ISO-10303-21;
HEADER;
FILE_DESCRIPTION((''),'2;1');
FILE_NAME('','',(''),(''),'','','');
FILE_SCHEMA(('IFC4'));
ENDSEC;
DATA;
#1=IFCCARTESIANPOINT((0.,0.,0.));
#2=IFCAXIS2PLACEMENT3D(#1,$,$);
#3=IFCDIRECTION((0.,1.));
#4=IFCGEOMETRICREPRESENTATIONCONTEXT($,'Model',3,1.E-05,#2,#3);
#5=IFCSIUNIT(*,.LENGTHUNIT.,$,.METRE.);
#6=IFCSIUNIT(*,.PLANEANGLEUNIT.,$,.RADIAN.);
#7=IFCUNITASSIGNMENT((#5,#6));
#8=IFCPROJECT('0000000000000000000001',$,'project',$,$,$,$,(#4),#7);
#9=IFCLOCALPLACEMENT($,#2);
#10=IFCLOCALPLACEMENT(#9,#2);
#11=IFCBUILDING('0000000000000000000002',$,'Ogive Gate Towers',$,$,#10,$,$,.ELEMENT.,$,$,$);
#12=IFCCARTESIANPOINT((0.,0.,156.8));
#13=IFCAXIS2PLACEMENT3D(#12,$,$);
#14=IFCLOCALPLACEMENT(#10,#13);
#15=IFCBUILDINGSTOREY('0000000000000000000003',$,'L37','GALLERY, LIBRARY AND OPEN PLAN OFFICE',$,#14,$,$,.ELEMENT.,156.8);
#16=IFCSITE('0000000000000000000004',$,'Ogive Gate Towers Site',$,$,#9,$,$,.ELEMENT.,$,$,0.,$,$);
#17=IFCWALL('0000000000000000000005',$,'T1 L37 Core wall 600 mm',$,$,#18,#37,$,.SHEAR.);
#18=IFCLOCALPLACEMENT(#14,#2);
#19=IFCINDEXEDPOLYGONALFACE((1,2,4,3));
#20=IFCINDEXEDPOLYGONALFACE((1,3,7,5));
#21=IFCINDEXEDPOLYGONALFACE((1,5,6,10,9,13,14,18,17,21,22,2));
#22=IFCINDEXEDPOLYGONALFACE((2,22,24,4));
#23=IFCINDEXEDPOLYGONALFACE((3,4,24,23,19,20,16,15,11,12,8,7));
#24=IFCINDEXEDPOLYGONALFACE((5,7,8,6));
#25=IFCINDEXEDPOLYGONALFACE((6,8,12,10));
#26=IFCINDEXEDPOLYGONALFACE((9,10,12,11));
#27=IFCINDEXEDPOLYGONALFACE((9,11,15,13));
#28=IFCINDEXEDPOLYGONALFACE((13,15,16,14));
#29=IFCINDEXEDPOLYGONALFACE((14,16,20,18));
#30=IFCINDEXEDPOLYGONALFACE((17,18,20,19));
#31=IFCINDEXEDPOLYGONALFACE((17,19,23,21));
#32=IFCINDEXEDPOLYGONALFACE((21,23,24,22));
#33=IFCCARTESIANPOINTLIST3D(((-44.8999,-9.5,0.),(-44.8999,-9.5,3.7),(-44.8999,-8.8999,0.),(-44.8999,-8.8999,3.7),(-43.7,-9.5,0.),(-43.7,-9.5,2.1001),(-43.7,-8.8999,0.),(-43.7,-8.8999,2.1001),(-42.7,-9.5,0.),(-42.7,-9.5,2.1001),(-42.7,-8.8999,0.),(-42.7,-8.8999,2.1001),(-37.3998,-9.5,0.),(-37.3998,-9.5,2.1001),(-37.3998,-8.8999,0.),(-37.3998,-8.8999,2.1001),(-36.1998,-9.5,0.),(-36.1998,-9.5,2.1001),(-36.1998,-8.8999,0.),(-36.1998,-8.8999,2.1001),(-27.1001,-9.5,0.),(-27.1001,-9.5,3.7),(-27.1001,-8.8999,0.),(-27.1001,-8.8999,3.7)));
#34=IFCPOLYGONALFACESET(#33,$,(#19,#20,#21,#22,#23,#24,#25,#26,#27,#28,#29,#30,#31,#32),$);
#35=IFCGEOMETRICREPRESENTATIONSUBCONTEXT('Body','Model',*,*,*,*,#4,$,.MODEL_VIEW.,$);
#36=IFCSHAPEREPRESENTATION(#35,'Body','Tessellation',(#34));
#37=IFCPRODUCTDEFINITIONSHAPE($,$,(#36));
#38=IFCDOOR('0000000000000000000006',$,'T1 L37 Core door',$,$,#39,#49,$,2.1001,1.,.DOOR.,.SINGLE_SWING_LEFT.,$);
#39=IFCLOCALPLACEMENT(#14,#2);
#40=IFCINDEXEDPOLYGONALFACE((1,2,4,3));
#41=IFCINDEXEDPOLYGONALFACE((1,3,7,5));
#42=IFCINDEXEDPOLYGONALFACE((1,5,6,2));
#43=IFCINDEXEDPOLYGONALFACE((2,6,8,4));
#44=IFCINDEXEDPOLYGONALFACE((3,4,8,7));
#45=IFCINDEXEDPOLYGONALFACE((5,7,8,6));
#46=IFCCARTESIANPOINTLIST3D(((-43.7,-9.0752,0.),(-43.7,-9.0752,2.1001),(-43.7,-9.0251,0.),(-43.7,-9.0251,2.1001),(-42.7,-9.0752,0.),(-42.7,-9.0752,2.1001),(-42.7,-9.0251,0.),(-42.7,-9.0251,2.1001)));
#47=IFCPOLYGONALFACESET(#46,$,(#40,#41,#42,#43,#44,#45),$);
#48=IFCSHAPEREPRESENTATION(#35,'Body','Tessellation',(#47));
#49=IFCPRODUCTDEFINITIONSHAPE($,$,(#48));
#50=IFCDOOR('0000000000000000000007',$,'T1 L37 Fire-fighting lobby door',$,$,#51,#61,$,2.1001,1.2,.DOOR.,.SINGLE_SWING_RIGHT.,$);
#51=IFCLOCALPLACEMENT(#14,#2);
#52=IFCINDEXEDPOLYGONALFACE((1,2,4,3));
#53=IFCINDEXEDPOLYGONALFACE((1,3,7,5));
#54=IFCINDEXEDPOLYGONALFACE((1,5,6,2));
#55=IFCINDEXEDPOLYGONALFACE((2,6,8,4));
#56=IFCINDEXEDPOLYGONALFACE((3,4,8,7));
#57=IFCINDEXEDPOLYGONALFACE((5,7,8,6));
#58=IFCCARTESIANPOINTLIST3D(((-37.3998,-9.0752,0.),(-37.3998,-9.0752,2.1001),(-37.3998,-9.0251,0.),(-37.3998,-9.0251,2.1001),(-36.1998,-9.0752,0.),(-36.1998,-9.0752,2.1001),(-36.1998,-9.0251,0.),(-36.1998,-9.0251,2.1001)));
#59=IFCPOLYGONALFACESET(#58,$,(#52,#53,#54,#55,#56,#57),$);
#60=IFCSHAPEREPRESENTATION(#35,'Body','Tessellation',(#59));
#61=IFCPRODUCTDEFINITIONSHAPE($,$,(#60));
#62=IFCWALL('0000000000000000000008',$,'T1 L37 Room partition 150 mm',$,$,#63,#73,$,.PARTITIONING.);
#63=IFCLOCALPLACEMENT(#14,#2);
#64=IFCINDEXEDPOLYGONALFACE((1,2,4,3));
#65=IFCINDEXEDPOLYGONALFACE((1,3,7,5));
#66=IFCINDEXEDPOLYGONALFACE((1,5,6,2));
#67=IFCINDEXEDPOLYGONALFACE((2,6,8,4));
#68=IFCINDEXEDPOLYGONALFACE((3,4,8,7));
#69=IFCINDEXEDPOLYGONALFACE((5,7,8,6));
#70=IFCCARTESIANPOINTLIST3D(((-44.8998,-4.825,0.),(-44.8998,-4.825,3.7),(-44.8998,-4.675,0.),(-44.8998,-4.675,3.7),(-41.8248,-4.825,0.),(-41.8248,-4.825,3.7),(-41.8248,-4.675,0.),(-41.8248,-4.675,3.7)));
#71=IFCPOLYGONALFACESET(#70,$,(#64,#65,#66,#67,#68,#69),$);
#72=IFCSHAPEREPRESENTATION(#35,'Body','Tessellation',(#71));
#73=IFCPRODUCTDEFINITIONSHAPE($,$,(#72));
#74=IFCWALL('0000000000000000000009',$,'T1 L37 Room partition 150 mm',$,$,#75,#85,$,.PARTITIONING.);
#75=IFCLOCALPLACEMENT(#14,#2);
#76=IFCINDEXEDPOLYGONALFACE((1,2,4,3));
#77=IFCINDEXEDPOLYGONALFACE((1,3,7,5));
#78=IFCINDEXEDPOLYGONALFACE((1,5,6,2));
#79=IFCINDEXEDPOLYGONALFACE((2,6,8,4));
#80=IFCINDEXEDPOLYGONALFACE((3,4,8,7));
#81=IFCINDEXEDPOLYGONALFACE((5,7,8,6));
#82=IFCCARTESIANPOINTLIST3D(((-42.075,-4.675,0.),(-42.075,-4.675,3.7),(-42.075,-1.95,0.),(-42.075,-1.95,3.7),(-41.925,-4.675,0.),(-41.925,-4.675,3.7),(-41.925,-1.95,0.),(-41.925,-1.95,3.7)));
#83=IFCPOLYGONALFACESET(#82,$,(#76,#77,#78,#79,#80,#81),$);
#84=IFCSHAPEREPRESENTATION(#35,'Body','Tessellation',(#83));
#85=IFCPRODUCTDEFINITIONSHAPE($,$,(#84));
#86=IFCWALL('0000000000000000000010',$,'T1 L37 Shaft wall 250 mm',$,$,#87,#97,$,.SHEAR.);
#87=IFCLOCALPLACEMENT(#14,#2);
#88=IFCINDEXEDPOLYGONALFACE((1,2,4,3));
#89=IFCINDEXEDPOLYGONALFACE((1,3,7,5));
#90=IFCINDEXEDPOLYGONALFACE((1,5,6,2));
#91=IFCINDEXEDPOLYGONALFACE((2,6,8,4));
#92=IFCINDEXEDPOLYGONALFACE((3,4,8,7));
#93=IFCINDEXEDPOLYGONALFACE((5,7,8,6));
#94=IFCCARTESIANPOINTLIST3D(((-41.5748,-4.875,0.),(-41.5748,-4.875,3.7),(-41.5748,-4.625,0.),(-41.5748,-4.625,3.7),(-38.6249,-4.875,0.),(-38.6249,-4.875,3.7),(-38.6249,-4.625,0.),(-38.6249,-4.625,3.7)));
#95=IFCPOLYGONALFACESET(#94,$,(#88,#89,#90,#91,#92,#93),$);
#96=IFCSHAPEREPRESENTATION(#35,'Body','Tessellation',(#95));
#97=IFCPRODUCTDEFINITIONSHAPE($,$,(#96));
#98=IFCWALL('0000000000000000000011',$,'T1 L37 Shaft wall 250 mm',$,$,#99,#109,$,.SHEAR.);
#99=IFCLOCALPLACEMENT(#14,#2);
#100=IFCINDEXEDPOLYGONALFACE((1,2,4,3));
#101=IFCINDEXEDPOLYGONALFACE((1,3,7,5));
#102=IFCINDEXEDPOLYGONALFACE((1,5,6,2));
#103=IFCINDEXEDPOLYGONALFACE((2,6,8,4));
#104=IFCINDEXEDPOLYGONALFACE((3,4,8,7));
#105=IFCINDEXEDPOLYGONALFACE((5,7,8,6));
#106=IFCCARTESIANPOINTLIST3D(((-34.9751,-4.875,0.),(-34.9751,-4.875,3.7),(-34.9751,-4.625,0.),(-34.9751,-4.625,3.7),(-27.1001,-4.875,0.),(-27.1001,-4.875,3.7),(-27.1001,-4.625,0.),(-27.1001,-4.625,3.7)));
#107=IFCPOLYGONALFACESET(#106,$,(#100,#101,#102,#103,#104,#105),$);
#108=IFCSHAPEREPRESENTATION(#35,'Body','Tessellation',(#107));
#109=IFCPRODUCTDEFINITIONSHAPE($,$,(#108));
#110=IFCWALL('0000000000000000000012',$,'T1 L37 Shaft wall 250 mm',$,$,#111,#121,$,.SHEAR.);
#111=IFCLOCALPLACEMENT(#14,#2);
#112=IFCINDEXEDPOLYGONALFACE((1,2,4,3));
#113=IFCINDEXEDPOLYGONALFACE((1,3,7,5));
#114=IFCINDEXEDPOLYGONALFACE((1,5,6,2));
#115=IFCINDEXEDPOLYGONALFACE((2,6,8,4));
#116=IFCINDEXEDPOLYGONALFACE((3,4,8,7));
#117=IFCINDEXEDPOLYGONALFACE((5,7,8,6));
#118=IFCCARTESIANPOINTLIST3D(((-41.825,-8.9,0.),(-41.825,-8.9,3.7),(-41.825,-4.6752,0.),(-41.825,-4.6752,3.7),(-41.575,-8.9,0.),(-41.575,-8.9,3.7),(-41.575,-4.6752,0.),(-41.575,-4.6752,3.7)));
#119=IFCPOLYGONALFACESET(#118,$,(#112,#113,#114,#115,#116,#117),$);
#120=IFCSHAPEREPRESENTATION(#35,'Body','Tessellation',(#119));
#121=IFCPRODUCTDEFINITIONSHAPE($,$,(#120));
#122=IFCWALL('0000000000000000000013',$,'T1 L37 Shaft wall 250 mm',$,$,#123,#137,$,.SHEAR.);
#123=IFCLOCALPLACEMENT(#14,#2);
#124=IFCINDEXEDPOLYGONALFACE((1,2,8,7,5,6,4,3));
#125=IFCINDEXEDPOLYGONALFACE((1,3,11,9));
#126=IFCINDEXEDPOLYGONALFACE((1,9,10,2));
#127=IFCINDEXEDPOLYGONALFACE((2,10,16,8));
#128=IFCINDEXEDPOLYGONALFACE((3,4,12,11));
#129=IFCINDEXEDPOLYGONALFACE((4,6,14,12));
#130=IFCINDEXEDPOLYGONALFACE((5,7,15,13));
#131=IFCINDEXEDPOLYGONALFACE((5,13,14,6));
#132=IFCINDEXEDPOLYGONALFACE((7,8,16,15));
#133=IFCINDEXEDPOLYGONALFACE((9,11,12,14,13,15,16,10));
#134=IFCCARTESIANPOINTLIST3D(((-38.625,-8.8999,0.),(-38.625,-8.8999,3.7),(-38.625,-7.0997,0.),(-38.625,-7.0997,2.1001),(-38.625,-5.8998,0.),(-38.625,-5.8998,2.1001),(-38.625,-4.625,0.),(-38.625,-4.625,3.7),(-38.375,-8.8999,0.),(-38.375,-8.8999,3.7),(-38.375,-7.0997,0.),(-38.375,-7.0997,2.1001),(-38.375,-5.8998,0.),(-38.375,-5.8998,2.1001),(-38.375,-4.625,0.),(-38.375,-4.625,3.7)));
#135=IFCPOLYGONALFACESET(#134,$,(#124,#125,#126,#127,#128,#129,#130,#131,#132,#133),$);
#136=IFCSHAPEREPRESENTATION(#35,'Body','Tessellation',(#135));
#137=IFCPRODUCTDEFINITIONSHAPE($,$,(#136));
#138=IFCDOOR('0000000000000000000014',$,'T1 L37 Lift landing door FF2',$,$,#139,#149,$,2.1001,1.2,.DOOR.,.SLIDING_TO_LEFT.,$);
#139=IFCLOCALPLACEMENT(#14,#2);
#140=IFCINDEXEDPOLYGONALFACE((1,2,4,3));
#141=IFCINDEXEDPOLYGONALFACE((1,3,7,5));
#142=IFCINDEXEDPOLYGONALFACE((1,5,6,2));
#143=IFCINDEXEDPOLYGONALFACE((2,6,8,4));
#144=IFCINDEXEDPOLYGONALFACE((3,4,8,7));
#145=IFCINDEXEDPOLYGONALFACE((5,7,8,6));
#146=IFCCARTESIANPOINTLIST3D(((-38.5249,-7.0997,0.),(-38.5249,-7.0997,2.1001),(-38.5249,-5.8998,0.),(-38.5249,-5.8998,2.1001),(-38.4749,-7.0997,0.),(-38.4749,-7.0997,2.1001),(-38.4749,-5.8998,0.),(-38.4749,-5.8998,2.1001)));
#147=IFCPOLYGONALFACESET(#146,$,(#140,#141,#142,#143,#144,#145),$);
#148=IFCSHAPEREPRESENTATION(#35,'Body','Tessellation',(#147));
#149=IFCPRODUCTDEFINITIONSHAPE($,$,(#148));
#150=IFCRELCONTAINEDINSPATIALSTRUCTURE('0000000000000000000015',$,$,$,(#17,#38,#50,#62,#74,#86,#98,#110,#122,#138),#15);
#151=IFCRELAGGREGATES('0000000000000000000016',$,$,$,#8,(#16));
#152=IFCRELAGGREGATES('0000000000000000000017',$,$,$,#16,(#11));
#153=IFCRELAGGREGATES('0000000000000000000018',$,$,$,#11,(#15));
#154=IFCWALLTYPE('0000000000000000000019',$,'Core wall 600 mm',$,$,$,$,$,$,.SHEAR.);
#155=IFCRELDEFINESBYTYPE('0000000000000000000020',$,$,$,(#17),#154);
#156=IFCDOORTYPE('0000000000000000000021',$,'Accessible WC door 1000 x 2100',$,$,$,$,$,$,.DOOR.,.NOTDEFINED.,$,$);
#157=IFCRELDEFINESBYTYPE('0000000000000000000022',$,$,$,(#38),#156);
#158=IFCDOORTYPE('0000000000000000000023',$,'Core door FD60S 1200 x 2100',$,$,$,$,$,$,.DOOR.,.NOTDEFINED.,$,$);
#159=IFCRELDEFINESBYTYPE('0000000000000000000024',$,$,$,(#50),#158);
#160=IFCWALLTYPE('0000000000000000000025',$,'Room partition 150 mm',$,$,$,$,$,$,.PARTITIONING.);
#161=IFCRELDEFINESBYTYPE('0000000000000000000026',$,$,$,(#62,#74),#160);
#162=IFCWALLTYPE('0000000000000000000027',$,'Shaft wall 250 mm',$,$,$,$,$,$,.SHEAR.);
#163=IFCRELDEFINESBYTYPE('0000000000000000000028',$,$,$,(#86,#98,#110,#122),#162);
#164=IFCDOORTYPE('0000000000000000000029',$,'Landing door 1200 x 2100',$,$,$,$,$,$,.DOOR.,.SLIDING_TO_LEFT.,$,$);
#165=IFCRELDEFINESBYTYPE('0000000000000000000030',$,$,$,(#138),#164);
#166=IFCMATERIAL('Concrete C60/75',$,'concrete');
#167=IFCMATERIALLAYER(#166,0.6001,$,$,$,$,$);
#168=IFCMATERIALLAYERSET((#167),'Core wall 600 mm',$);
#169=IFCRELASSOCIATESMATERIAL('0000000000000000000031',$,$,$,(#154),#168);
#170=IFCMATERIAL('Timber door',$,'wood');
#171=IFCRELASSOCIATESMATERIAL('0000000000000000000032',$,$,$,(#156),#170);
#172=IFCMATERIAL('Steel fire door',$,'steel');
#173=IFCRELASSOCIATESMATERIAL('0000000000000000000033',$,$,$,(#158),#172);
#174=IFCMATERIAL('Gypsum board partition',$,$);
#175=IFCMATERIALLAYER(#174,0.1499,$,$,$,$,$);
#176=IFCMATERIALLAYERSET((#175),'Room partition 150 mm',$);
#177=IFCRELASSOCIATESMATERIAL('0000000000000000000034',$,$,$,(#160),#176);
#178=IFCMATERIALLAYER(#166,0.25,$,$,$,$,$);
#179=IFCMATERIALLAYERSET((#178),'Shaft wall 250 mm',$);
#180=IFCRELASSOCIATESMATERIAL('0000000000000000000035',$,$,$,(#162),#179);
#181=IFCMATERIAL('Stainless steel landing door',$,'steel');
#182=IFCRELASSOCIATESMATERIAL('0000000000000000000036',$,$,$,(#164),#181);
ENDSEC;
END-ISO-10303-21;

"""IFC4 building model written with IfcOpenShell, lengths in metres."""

from ifc_helpers import new_model, si_unit, direction, frame, frame_2d, origin, place, context, subcontext, project, spatial, rectangle, extrude, material, layer, layer_set, type_object, element, fill, save


model = new_model("IFC4")

# Units and contexts
model_context = context("Model", 3, precision=1e-05, world=origin(), true_north=direction((0.0, 1.0)))
body_context = subcontext(model_context, "Body", "Model", "MODEL_VIEW")
ifc_project = project(units=[si_unit("LENGTHUNIT", "METRE"), si_unit("PLANEANGLEUNIT", "RADIAN")], contexts=[model_context])

# Site, building, storey
site_placement = place(None, origin())
site = spatial("IfcSite", under=ifc_project, at=site_placement, Name="Ogive Gate Towers Site", CompositionType="ELEMENT", RefElevation=0.0)
building_placement = place(site_placement, origin())
building = spatial("IfcBuilding", under=site, at=building_placement, Name="Ogive Gate Towers", CompositionType="ELEMENT")
storey_placement = place(building_placement, frame((0.0, 0.0, 156.8)))
storey = spatial("IfcBuildingStorey", under=building, at=storey_placement, Name="L37", Description="GALLERY, LIBRARY AND OPEN PLAN OFFICE", CompositionType="ELEMENT", Elevation=156.8)

# Wall, openings, doors
ifc_material_1 = material(Name="Concrete C60/75", Category="concrete")
ifc_layer_1 = layer(ifc_material_1, 0.6001)
ifc_layer_set_1 = layer_set([ifc_layer_1], Name="Core wall 600 mm")
wall_type_1 = type_object("IfcWallType", Name="Core wall 600 mm", PredefinedType="SHEAR", material=ifc_layer_set_1)
wall_1_placement = place(storey_placement, frame((-44.8999, -9.2, 0.0), z_axis=(0.0, 0.0, 1.0), x_axis=(1.0, 0.0, 0.0)))
wall_1 = element("IfcWall", 1, at=wall_1_placement, inside=storey, type_object=wall_type_1, Name="T1 L37 Core wall 600 mm", PredefinedType="SHEAR", context=body_context, shape_type="SweptSolid", body=[
    extrude(rectangle(XDim=17.7998, YDim=0.6001, at=frame_2d((8.8999, 0.0))), origin(), (0.0, 0.0, 1.0), 3.7),
])
opening_1_placement = place(wall_1_placement, frame((7.5, 0.0, 0.0)))
opening_1 = element("IfcOpeningElement", 2, at=opening_1_placement, cuts=wall_1, PredefinedType="OPENING", context=body_context, shape_type="SweptSolid", body=[
    extrude(rectangle(XDim=1.2, YDim=2.1001, at=frame_2d((0.6001, 1.05))), frame((0.0, 0.3101, 0.0), z_axis=(0.0, -1.0, 0.0), x_axis=(1.0, 0.0, 0.0)), (0.0, 0.0, 1.0), 0.6201),
])
opening_2_placement = place(wall_1_placement, frame((1.2, 0.0, 0.0)))
opening_2 = element("IfcOpeningElement", 3, at=opening_2_placement, cuts=wall_1, PredefinedType="OPENING", context=body_context, shape_type="SweptSolid", body=[
    extrude(rectangle(XDim=1.0, YDim=2.1001, at=frame_2d((0.5, 1.05))), frame((0.0, 0.3101, 0.0), z_axis=(0.0, -1.0, 0.0), x_axis=(1.0, 0.0, 0.0)), (0.0, 0.0, 1.0), 0.6201),
])
ifc_material_2 = material(Name="Timber door", Category="wood")
door_type_1 = type_object("IfcDoorType", Name="Accessible WC door 1000 x 2100", OperationType="NOTDEFINED", PredefinedType="DOOR", material=ifc_material_2)
door_1_placement = place(opening_2_placement, origin())
door_1 = element("IfcDoor", 4, at=door_1_placement, inside=storey, type_object=door_type_1, Name="T1 L37 Core door", OperationType="SINGLE_SWING_LEFT", OverallHeight=2.1001, OverallWidth=1.0, PredefinedType="DOOR", context=body_context, shape_type="SweptSolid", body=[
    extrude(rectangle(XDim=1.0, YDim=2.1001, at=frame_2d((0.5, 1.05))), frame((0.0, 0.1748, 0.0), z_axis=(0.0, -1.0, 0.0), x_axis=(1.0, 0.0, 0.0)), (0.0, 0.0, 1.0), 0.05),
])
fill(opening_2, door_1)
ifc_material_3 = material(Name="Steel fire door", Category="steel")
door_type_2 = type_object("IfcDoorType", Name="Core door FD60S 1200 x 2100", OperationType="NOTDEFINED", PredefinedType="DOOR", material=ifc_material_3)
door_2_placement = place(opening_1_placement, origin())
door_2 = element("IfcDoor", 5, at=door_2_placement, inside=storey, type_object=door_type_2, Name="T1 L37 Fire-fighting lobby door", OperationType="SINGLE_SWING_RIGHT", OverallHeight=2.1001, OverallWidth=1.2, PredefinedType="DOOR", context=body_context, shape_type="SweptSolid", body=[
    extrude(rectangle(XDim=1.2, YDim=2.1001, at=frame_2d((0.6001, 1.05))), frame((0.0, 0.1748, 0.0), z_axis=(0.0, -1.0, 0.0), x_axis=(1.0, 0.0, 0.0)), (0.0, 0.0, 1.0), 0.05),
])
fill(opening_1, door_2)

# Walls
ifc_material_4 = material(Name="Gypsum board partition")
ifc_layer_2 = layer(ifc_material_4, 0.1499)
ifc_layer_set_2 = layer_set([ifc_layer_2], Name="Room partition 150 mm")
wall_type_2 = type_object("IfcWallType", Name="Room partition 150 mm", PredefinedType="PARTITIONING", material=ifc_layer_set_2)
wall_2_placement = place(storey_placement, frame((-44.8999, -4.75, 0.0), z_axis=(0.0, 0.0, 1.0), x_axis=(1.0, 0.0, 0.0)))
element("IfcWall", 6, at=wall_2_placement, inside=storey, type_object=wall_type_2, Name="T1 L37 Room partition 150 mm", PredefinedType="PARTITIONING", context=body_context, shape_type="SweptSolid", body=[
    extrude(rectangle(XDim=3.075, YDim=0.1499, at=frame_2d((1.5376, 0.0))), origin(), (0.0, 0.0, 1.0), 3.7),
])
wall_3_placement = place(storey_placement, frame((-42.0, -4.675, 0.0), z_axis=(0.0, 0.0, 1.0), x_axis=(0.0, 1.0, 0.0)))
element("IfcWall", 7, at=wall_3_placement, inside=storey, type_object=wall_type_2, Name="T1 L37 Room partition 150 mm", PredefinedType="PARTITIONING", context=body_context, shape_type="SweptSolid", body=[
    extrude(rectangle(XDim=2.7251, YDim=0.1499, at=frame_2d((1.3625, 0.0))), origin(), (0.0, 0.0, 1.0), 3.7),
])
ifc_layer_3 = layer(ifc_material_1, 0.25)
ifc_layer_set_3 = layer_set([ifc_layer_3], Name="Shaft wall 250 mm")
wall_type_3 = type_object("IfcWallType", Name="Shaft wall 250 mm", PredefinedType="SHEAR", material=ifc_layer_set_3)
wall_4_placement = place(storey_placement, frame((-41.575, -4.75, 0.0), z_axis=(0.0, 0.0, 1.0), x_axis=(1.0, 0.0, 0.0)))
element("IfcWall", 8, at=wall_4_placement, inside=storey, type_object=wall_type_3, Name="T1 L37 Shaft wall 250 mm", PredefinedType="SHEAR", context=body_context, shape_type="SweptSolid", body=[
    extrude(rectangle(XDim=2.95, YDim=0.25, at=frame_2d((1.4751, 0.0))), origin(), (0.0, 0.0, 1.0), 3.7),
])
wall_5_placement = place(storey_placement, frame((-34.9751, -4.75, 0.0), z_axis=(0.0, 0.0, 1.0), x_axis=(1.0, 0.0, 0.0)))
element("IfcWall", 9, at=wall_5_placement, inside=storey, type_object=wall_type_3, Name="T1 L37 Shaft wall 250 mm", PredefinedType="SHEAR", context=body_context, shape_type="SweptSolid", body=[
    extrude(rectangle(XDim=7.875, YDim=0.25, at=frame_2d((3.9375, 0.0))), origin(), (0.0, 0.0, 1.0), 3.7),
])
wall_6_placement = place(storey_placement, frame((-41.7, -8.8999, 0.0), z_axis=(0.0, 0.0, 1.0), x_axis=(0.0, 1.0, 0.0)))
element("IfcWall", 10, at=wall_6_placement, inside=storey, type_object=wall_type_3, Name="T1 L37 Shaft wall 250 mm", PredefinedType="SHEAR", context=body_context, shape_type="SweptSolid", body=[
    extrude(rectangle(XDim=4.2249, YDim=0.25, at=frame_2d((2.1123, 0.0))), origin(), (0.0, 0.0, 1.0), 3.7),
])

# Wall, opening, door
wall_7_placement = place(storey_placement, frame((-38.5, -8.8999, 0.0), z_axis=(0.0, 0.0, 1.0), x_axis=(0.0, 1.0, 0.0)))
wall_7 = element("IfcWall", 11, at=wall_7_placement, inside=storey, type_object=wall_type_3, Name="T1 L37 Shaft wall 250 mm", PredefinedType="SHEAR", context=body_context, shape_type="SweptSolid", body=[
    extrude(rectangle(XDim=4.2749, YDim=0.25, at=frame_2d((2.1375, 0.0))), origin(), (0.0, 0.0, 1.0), 3.7),
])
opening_3_placement = place(wall_7_placement, frame((1.8, 0.0, 0.0)))
opening_3 = element("IfcOpeningElement", 12, at=opening_3_placement, cuts=wall_7, PredefinedType="OPENING", context=body_context, shape_type="SweptSolid", body=[
    extrude(rectangle(XDim=1.2, YDim=2.1001, at=frame_2d((0.6001, 1.05))), frame((0.0, 0.135, 0.0), z_axis=(0.0, -1.0, 0.0), x_axis=(1.0, 0.0, 0.0)), (0.0, 0.0, 1.0), 0.27),
])
ifc_material_5 = material(Name="Stainless steel landing door", Category="steel")
door_type_3 = type_object("IfcDoorType", Name="Landing door 1200 x 2100", OperationType="SLIDING_TO_LEFT", PredefinedType="DOOR", material=ifc_material_5)
door_3_placement = place(opening_3_placement, origin())
door_3 = element("IfcDoor", 13, at=door_3_placement, inside=storey, type_object=door_type_3, Name="T1 L37 Lift landing door FF2", OperationType="SLIDING_TO_LEFT", OverallHeight=2.1001, OverallWidth=1.2, PredefinedType="DOOR", context=body_context, shape_type="SweptSolid", body=[
    extrude(rectangle(XDim=1.2, YDim=2.1001, at=frame_2d((0.6001, 1.05))), frame((0.0, 0.0249, 0.0), z_axis=(0.0, -1.0, 0.0), x_axis=(1.0, 0.0, 0.0)), (0.0, 0.0, 1.0), 0.05),
])
fill(opening_3, door_3)

save(model, "model.ifc")
